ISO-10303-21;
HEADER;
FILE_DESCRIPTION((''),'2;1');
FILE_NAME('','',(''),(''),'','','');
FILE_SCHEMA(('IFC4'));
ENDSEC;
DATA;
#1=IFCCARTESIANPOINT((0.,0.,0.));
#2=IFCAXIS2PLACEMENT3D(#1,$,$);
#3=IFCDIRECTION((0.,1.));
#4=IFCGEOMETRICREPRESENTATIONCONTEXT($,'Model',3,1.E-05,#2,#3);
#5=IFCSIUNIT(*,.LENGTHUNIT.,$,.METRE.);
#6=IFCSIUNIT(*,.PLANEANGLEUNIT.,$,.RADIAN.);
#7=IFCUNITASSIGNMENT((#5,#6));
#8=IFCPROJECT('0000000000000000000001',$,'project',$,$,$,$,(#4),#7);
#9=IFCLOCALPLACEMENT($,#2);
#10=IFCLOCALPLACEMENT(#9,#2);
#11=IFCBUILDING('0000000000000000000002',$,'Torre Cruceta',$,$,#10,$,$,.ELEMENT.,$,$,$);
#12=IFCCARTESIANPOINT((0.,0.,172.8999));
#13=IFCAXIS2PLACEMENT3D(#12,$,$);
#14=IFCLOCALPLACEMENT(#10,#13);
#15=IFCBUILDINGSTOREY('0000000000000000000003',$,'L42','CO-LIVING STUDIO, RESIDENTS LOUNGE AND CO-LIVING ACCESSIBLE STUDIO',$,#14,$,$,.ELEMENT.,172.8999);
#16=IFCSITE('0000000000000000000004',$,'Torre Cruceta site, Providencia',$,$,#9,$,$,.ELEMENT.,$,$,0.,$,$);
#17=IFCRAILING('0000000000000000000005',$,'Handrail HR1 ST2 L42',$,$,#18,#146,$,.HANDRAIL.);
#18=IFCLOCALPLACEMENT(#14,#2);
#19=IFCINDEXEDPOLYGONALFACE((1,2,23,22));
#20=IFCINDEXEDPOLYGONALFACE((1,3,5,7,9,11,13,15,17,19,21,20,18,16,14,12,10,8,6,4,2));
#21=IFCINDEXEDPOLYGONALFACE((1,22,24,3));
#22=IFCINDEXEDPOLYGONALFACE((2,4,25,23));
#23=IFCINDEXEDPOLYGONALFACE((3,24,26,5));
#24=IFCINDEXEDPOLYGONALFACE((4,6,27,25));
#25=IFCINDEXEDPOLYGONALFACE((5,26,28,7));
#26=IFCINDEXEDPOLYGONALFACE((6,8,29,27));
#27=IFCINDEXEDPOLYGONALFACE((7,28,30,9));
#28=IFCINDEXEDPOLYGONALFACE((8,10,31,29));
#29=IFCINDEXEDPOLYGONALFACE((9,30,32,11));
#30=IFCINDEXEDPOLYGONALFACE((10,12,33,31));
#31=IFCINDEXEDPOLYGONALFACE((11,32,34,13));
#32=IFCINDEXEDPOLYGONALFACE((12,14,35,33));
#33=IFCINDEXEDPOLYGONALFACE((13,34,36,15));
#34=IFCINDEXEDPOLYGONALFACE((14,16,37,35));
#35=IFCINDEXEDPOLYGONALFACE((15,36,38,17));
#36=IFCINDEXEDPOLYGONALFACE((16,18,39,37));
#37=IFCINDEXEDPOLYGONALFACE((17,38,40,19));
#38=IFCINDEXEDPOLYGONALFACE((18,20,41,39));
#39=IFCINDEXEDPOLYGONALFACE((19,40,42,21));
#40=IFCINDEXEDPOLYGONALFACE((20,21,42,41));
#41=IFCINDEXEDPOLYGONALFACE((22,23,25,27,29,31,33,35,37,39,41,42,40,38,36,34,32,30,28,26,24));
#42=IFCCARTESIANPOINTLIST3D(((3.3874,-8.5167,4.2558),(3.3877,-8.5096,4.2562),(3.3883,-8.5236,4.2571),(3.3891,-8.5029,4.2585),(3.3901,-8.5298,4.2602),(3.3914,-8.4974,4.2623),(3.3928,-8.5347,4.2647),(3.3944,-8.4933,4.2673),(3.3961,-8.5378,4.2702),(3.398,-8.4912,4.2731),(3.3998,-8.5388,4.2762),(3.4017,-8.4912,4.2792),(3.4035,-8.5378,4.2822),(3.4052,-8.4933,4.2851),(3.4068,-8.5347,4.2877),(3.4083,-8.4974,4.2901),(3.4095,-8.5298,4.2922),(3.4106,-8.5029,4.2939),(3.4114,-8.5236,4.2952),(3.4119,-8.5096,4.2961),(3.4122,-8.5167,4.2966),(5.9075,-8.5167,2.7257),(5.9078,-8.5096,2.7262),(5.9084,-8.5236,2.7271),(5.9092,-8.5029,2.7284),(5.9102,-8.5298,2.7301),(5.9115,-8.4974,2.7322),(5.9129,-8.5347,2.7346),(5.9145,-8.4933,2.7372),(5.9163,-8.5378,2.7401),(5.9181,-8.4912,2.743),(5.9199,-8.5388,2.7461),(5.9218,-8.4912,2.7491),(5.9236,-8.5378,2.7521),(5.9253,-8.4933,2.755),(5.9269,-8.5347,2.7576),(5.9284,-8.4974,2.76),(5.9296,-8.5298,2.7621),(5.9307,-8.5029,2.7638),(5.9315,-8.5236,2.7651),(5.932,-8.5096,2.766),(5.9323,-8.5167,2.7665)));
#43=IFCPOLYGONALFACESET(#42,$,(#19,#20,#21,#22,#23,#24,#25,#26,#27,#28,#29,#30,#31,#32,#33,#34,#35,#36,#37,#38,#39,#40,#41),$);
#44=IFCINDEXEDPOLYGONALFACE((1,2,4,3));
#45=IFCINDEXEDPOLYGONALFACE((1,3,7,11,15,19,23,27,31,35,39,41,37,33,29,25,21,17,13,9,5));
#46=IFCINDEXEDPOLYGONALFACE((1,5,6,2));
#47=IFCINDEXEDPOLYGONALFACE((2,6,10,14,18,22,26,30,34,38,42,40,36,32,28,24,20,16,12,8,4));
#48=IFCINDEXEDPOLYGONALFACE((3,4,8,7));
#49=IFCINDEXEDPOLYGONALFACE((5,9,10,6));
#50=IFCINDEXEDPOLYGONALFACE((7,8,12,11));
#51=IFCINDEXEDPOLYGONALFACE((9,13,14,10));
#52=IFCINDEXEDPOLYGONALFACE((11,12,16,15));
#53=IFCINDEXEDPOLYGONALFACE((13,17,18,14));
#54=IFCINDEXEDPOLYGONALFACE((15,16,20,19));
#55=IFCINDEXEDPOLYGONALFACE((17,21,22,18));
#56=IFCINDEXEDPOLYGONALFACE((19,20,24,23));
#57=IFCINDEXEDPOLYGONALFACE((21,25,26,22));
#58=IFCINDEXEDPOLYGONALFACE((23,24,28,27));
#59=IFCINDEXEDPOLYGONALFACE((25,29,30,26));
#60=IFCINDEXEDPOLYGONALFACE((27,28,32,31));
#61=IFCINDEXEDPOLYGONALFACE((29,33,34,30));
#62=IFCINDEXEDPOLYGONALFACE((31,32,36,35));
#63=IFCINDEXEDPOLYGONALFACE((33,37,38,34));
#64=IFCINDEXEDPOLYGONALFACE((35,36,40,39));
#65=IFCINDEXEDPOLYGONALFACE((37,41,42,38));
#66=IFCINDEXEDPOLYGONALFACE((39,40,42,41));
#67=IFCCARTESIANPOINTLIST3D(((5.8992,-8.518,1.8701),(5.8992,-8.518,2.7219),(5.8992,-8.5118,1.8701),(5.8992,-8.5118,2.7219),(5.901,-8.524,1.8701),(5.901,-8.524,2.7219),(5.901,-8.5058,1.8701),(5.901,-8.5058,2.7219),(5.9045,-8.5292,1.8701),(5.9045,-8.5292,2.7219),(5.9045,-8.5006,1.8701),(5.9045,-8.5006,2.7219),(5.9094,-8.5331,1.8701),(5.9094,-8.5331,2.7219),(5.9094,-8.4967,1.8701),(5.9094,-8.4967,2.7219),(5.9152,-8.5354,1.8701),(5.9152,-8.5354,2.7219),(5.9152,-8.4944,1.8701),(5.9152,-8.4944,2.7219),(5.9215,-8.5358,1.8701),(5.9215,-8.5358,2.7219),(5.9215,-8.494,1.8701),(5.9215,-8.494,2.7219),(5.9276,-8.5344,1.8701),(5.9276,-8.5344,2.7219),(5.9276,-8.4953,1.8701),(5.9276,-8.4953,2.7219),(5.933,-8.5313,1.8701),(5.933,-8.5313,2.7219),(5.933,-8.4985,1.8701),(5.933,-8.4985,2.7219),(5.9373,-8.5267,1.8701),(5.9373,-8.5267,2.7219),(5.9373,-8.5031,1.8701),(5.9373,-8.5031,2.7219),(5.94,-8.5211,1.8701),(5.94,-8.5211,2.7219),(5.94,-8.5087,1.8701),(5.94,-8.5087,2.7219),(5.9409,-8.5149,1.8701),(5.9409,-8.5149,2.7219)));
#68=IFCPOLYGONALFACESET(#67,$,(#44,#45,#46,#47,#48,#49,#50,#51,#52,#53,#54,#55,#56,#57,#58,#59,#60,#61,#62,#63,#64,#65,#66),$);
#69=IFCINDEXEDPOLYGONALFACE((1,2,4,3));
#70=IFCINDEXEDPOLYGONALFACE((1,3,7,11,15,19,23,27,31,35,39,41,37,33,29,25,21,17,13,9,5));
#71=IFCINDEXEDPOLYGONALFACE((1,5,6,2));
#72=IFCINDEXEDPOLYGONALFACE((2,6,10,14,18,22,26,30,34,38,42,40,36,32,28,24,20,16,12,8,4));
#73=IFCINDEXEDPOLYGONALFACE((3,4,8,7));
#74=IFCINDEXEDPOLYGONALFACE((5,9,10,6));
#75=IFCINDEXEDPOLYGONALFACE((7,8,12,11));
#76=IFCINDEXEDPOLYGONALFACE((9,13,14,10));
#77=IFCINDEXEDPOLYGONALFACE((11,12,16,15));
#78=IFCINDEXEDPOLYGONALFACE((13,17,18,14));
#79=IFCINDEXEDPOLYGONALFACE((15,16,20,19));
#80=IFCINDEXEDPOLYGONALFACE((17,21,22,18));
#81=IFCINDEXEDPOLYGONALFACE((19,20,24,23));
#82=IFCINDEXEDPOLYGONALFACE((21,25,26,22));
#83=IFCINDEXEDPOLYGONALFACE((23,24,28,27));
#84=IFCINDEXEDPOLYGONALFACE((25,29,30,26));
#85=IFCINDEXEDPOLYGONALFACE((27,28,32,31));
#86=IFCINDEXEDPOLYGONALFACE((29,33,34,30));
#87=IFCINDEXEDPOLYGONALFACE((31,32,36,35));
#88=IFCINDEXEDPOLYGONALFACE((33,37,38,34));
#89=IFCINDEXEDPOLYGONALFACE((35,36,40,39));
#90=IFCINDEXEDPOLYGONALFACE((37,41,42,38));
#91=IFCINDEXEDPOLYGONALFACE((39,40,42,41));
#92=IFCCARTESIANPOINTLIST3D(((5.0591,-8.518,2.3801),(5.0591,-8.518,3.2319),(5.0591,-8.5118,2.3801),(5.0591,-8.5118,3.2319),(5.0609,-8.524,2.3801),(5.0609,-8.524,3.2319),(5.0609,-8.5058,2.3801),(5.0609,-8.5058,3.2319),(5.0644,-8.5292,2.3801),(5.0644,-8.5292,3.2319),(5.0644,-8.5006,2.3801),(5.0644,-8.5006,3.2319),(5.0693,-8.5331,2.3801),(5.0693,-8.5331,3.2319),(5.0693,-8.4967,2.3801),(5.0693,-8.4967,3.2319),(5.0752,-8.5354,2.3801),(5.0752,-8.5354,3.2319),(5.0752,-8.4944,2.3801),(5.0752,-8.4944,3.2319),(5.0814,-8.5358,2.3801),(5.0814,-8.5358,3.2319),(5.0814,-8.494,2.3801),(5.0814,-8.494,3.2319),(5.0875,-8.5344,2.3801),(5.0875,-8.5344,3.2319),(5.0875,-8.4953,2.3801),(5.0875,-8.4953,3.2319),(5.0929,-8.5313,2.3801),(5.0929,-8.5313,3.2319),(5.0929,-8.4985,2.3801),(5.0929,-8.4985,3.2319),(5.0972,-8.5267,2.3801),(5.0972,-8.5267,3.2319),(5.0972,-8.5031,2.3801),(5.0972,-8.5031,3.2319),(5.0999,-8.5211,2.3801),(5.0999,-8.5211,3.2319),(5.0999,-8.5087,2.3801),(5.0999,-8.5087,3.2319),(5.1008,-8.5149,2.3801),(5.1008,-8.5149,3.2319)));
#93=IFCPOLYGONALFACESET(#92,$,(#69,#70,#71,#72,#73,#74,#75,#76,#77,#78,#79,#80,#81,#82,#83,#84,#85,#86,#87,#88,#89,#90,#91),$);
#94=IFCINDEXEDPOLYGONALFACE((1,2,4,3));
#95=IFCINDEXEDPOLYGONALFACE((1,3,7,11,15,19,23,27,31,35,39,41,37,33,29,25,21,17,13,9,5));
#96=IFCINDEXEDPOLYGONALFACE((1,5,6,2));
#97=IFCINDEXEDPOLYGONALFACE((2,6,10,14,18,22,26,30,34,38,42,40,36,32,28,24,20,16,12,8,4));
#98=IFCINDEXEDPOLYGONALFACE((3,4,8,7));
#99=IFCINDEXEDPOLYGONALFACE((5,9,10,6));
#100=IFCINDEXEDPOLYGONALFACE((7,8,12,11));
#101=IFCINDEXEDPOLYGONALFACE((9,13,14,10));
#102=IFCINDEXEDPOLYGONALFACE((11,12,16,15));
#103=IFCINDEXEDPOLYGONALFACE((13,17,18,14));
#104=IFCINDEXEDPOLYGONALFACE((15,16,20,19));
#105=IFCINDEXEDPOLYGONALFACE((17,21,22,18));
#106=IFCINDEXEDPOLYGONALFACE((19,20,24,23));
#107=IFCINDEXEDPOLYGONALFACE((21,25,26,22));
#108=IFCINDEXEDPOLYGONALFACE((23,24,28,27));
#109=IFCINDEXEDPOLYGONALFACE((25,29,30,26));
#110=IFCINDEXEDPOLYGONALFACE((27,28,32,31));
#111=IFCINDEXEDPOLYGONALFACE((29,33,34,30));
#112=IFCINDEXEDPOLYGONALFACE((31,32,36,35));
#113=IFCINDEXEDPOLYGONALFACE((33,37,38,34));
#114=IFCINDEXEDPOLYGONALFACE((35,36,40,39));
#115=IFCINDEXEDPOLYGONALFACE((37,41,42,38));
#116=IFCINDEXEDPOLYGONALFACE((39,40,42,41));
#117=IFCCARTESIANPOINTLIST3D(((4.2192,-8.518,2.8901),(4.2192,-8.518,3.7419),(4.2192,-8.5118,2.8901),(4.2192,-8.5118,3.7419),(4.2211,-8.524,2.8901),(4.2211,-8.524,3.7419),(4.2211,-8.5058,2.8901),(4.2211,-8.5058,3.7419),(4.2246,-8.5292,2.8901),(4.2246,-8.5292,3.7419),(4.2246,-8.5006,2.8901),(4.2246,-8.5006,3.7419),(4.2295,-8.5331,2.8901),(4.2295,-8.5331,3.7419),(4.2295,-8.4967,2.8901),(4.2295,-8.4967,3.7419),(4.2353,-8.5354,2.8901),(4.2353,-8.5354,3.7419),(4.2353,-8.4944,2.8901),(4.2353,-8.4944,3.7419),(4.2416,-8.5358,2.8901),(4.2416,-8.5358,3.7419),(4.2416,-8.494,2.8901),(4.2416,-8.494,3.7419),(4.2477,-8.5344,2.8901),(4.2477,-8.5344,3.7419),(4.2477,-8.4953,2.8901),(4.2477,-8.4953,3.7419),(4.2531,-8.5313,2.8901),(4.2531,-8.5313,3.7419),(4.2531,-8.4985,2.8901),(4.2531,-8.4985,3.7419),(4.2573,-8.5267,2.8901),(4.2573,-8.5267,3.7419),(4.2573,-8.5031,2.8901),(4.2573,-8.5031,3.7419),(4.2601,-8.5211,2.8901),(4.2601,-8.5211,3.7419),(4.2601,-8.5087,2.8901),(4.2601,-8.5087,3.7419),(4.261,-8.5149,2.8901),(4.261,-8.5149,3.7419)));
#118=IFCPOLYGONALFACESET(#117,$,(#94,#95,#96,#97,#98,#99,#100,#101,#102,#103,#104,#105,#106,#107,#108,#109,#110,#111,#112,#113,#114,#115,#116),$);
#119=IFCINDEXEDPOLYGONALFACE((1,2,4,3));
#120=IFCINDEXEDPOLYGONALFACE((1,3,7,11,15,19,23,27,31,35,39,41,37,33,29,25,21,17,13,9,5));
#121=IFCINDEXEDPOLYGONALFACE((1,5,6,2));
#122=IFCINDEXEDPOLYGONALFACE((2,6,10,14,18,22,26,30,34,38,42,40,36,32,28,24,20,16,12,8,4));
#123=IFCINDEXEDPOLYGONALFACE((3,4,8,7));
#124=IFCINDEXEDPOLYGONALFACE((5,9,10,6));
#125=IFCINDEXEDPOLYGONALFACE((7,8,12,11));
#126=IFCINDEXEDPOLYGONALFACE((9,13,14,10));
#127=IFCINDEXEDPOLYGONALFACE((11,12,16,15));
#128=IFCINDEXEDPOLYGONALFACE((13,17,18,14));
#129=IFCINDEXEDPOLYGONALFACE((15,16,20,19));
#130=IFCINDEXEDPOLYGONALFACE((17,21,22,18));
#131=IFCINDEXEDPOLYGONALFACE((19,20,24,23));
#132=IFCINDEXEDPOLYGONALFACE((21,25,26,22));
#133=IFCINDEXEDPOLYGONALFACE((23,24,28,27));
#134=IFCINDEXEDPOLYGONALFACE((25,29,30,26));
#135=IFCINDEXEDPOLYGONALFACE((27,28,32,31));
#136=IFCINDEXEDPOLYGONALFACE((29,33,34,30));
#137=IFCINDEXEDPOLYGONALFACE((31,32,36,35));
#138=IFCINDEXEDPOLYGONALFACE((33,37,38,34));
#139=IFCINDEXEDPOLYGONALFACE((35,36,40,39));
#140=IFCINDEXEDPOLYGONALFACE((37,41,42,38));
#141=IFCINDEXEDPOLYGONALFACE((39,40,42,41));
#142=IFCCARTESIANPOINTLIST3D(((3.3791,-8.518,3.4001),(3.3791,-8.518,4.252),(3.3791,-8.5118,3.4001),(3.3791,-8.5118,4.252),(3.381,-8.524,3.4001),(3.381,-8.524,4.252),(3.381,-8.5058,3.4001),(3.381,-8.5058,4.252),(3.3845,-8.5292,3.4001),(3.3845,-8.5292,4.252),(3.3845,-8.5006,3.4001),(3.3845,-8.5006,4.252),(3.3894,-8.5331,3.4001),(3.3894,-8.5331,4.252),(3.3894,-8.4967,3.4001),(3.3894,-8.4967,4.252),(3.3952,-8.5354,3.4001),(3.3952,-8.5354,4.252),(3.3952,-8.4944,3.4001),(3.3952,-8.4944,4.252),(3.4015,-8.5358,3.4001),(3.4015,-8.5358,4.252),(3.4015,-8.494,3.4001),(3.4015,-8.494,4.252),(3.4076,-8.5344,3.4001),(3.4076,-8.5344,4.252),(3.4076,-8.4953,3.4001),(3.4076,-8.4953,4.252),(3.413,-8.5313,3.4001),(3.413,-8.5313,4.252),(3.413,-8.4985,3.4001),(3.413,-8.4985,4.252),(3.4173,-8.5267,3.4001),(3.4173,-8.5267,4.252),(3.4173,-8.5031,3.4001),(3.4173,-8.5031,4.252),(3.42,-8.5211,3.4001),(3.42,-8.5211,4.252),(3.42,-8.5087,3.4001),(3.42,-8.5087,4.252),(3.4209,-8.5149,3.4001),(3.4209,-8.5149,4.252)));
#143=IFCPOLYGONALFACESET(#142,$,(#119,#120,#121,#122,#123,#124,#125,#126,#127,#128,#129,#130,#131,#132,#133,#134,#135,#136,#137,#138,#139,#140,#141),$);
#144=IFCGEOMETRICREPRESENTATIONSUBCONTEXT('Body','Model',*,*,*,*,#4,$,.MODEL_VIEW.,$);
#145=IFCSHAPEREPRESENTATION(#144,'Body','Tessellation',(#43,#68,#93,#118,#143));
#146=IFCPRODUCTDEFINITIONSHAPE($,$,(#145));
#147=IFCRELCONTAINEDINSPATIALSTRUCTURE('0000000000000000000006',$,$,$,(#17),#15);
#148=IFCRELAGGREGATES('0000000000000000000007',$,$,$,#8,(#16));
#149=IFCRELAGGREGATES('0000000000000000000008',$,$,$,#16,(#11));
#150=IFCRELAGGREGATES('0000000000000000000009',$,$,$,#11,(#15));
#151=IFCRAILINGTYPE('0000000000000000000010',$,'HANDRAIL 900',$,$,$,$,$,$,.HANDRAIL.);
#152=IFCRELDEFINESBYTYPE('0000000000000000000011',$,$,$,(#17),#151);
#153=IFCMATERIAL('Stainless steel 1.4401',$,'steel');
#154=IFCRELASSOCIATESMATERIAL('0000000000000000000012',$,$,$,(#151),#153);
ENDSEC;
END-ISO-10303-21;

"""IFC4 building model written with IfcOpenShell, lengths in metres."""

from ifc_helpers import new_model, si_unit, direction, frame, origin, origin_2d, place, context, subcontext, project, spatial, circle, extrude, material, type_object, element, save


model = new_model("IFC4")

# Units and contexts
model_context = context("Model", 3, precision=1e-05, world=origin(), true_north=direction((0.0, 1.0)))
body_context = subcontext(model_context, "Body", "Model", "MODEL_VIEW")
ifc_project = project(units=[si_unit("LENGTHUNIT", "METRE"), si_unit("PLANEANGLEUNIT", "RADIAN")], contexts=[model_context])

# Site, building, storey
site_placement = place(None, origin())
site = spatial("IfcSite", under=ifc_project, at=site_placement, Name="Torre Cruceta site, Providencia", CompositionType="ELEMENT", RefElevation=0.0)
building_placement = place(site_placement, origin())
building = spatial("IfcBuilding", under=site, at=building_placement, Name="Torre Cruceta", CompositionType="ELEMENT")
storey_placement = place(building_placement, frame((0.0, 0.0, 172.8999)))
storey = spatial("IfcBuildingStorey", under=building, at=storey_placement, Name="L42", Description="CO-LIVING STUDIO, RESIDENTS LOUNGE AND CO-LIVING ACCESSIBLE STUDIO", CompositionType="ELEMENT", Elevation=172.8999)

# Railing
ifc_material_1 = material(Name="Stainless steel 1.4401", Category="steel")
railing_type = type_object("IfcRailingType", Name="HANDRAIL 900", PredefinedType="HANDRAIL", material=ifc_material_1)
railing_placement = place(storey_placement, frame((5.9199, -8.5149, 1.8701)))
element("IfcRailing", 1, at=railing_placement, inside=storey, type_object=railing_type, Name="Handrail HR1 ST2 L42", PredefinedType="HANDRAIL", context=body_context, shape_type="SweptSolid", body=[
    extrude(circle(Radius=0.0239, at=origin_2d()), frame((0.0, 0.0, 0.876), z_axis=(-0.854785, 0.0, 0.518982), x_axis=(0.0, -1.0, 0.0)), (0.0, 0.0, 1.0), 2.9482),
    extrude(circle(Radius=0.021, at=origin_2d()), origin(), (0.0, 0.0, 1.0), 0.8518),
    extrude(circle(Radius=0.021, at=origin_2d()), frame((-0.8401, 0.0, 0.51)), (0.0, 0.0, 1.0), 0.8518),
    extrude(circle(Radius=0.021, at=origin_2d()), frame((-1.6799, 0.0, 1.02)), (0.0, 0.0, 1.0), 0.8518),
    extrude(circle(Radius=0.021, at=origin_2d()), frame((-2.52, 0.0, 1.53)), (0.0, 0.0, 1.0), 0.8518),
])

save(model, "model.ifc")
